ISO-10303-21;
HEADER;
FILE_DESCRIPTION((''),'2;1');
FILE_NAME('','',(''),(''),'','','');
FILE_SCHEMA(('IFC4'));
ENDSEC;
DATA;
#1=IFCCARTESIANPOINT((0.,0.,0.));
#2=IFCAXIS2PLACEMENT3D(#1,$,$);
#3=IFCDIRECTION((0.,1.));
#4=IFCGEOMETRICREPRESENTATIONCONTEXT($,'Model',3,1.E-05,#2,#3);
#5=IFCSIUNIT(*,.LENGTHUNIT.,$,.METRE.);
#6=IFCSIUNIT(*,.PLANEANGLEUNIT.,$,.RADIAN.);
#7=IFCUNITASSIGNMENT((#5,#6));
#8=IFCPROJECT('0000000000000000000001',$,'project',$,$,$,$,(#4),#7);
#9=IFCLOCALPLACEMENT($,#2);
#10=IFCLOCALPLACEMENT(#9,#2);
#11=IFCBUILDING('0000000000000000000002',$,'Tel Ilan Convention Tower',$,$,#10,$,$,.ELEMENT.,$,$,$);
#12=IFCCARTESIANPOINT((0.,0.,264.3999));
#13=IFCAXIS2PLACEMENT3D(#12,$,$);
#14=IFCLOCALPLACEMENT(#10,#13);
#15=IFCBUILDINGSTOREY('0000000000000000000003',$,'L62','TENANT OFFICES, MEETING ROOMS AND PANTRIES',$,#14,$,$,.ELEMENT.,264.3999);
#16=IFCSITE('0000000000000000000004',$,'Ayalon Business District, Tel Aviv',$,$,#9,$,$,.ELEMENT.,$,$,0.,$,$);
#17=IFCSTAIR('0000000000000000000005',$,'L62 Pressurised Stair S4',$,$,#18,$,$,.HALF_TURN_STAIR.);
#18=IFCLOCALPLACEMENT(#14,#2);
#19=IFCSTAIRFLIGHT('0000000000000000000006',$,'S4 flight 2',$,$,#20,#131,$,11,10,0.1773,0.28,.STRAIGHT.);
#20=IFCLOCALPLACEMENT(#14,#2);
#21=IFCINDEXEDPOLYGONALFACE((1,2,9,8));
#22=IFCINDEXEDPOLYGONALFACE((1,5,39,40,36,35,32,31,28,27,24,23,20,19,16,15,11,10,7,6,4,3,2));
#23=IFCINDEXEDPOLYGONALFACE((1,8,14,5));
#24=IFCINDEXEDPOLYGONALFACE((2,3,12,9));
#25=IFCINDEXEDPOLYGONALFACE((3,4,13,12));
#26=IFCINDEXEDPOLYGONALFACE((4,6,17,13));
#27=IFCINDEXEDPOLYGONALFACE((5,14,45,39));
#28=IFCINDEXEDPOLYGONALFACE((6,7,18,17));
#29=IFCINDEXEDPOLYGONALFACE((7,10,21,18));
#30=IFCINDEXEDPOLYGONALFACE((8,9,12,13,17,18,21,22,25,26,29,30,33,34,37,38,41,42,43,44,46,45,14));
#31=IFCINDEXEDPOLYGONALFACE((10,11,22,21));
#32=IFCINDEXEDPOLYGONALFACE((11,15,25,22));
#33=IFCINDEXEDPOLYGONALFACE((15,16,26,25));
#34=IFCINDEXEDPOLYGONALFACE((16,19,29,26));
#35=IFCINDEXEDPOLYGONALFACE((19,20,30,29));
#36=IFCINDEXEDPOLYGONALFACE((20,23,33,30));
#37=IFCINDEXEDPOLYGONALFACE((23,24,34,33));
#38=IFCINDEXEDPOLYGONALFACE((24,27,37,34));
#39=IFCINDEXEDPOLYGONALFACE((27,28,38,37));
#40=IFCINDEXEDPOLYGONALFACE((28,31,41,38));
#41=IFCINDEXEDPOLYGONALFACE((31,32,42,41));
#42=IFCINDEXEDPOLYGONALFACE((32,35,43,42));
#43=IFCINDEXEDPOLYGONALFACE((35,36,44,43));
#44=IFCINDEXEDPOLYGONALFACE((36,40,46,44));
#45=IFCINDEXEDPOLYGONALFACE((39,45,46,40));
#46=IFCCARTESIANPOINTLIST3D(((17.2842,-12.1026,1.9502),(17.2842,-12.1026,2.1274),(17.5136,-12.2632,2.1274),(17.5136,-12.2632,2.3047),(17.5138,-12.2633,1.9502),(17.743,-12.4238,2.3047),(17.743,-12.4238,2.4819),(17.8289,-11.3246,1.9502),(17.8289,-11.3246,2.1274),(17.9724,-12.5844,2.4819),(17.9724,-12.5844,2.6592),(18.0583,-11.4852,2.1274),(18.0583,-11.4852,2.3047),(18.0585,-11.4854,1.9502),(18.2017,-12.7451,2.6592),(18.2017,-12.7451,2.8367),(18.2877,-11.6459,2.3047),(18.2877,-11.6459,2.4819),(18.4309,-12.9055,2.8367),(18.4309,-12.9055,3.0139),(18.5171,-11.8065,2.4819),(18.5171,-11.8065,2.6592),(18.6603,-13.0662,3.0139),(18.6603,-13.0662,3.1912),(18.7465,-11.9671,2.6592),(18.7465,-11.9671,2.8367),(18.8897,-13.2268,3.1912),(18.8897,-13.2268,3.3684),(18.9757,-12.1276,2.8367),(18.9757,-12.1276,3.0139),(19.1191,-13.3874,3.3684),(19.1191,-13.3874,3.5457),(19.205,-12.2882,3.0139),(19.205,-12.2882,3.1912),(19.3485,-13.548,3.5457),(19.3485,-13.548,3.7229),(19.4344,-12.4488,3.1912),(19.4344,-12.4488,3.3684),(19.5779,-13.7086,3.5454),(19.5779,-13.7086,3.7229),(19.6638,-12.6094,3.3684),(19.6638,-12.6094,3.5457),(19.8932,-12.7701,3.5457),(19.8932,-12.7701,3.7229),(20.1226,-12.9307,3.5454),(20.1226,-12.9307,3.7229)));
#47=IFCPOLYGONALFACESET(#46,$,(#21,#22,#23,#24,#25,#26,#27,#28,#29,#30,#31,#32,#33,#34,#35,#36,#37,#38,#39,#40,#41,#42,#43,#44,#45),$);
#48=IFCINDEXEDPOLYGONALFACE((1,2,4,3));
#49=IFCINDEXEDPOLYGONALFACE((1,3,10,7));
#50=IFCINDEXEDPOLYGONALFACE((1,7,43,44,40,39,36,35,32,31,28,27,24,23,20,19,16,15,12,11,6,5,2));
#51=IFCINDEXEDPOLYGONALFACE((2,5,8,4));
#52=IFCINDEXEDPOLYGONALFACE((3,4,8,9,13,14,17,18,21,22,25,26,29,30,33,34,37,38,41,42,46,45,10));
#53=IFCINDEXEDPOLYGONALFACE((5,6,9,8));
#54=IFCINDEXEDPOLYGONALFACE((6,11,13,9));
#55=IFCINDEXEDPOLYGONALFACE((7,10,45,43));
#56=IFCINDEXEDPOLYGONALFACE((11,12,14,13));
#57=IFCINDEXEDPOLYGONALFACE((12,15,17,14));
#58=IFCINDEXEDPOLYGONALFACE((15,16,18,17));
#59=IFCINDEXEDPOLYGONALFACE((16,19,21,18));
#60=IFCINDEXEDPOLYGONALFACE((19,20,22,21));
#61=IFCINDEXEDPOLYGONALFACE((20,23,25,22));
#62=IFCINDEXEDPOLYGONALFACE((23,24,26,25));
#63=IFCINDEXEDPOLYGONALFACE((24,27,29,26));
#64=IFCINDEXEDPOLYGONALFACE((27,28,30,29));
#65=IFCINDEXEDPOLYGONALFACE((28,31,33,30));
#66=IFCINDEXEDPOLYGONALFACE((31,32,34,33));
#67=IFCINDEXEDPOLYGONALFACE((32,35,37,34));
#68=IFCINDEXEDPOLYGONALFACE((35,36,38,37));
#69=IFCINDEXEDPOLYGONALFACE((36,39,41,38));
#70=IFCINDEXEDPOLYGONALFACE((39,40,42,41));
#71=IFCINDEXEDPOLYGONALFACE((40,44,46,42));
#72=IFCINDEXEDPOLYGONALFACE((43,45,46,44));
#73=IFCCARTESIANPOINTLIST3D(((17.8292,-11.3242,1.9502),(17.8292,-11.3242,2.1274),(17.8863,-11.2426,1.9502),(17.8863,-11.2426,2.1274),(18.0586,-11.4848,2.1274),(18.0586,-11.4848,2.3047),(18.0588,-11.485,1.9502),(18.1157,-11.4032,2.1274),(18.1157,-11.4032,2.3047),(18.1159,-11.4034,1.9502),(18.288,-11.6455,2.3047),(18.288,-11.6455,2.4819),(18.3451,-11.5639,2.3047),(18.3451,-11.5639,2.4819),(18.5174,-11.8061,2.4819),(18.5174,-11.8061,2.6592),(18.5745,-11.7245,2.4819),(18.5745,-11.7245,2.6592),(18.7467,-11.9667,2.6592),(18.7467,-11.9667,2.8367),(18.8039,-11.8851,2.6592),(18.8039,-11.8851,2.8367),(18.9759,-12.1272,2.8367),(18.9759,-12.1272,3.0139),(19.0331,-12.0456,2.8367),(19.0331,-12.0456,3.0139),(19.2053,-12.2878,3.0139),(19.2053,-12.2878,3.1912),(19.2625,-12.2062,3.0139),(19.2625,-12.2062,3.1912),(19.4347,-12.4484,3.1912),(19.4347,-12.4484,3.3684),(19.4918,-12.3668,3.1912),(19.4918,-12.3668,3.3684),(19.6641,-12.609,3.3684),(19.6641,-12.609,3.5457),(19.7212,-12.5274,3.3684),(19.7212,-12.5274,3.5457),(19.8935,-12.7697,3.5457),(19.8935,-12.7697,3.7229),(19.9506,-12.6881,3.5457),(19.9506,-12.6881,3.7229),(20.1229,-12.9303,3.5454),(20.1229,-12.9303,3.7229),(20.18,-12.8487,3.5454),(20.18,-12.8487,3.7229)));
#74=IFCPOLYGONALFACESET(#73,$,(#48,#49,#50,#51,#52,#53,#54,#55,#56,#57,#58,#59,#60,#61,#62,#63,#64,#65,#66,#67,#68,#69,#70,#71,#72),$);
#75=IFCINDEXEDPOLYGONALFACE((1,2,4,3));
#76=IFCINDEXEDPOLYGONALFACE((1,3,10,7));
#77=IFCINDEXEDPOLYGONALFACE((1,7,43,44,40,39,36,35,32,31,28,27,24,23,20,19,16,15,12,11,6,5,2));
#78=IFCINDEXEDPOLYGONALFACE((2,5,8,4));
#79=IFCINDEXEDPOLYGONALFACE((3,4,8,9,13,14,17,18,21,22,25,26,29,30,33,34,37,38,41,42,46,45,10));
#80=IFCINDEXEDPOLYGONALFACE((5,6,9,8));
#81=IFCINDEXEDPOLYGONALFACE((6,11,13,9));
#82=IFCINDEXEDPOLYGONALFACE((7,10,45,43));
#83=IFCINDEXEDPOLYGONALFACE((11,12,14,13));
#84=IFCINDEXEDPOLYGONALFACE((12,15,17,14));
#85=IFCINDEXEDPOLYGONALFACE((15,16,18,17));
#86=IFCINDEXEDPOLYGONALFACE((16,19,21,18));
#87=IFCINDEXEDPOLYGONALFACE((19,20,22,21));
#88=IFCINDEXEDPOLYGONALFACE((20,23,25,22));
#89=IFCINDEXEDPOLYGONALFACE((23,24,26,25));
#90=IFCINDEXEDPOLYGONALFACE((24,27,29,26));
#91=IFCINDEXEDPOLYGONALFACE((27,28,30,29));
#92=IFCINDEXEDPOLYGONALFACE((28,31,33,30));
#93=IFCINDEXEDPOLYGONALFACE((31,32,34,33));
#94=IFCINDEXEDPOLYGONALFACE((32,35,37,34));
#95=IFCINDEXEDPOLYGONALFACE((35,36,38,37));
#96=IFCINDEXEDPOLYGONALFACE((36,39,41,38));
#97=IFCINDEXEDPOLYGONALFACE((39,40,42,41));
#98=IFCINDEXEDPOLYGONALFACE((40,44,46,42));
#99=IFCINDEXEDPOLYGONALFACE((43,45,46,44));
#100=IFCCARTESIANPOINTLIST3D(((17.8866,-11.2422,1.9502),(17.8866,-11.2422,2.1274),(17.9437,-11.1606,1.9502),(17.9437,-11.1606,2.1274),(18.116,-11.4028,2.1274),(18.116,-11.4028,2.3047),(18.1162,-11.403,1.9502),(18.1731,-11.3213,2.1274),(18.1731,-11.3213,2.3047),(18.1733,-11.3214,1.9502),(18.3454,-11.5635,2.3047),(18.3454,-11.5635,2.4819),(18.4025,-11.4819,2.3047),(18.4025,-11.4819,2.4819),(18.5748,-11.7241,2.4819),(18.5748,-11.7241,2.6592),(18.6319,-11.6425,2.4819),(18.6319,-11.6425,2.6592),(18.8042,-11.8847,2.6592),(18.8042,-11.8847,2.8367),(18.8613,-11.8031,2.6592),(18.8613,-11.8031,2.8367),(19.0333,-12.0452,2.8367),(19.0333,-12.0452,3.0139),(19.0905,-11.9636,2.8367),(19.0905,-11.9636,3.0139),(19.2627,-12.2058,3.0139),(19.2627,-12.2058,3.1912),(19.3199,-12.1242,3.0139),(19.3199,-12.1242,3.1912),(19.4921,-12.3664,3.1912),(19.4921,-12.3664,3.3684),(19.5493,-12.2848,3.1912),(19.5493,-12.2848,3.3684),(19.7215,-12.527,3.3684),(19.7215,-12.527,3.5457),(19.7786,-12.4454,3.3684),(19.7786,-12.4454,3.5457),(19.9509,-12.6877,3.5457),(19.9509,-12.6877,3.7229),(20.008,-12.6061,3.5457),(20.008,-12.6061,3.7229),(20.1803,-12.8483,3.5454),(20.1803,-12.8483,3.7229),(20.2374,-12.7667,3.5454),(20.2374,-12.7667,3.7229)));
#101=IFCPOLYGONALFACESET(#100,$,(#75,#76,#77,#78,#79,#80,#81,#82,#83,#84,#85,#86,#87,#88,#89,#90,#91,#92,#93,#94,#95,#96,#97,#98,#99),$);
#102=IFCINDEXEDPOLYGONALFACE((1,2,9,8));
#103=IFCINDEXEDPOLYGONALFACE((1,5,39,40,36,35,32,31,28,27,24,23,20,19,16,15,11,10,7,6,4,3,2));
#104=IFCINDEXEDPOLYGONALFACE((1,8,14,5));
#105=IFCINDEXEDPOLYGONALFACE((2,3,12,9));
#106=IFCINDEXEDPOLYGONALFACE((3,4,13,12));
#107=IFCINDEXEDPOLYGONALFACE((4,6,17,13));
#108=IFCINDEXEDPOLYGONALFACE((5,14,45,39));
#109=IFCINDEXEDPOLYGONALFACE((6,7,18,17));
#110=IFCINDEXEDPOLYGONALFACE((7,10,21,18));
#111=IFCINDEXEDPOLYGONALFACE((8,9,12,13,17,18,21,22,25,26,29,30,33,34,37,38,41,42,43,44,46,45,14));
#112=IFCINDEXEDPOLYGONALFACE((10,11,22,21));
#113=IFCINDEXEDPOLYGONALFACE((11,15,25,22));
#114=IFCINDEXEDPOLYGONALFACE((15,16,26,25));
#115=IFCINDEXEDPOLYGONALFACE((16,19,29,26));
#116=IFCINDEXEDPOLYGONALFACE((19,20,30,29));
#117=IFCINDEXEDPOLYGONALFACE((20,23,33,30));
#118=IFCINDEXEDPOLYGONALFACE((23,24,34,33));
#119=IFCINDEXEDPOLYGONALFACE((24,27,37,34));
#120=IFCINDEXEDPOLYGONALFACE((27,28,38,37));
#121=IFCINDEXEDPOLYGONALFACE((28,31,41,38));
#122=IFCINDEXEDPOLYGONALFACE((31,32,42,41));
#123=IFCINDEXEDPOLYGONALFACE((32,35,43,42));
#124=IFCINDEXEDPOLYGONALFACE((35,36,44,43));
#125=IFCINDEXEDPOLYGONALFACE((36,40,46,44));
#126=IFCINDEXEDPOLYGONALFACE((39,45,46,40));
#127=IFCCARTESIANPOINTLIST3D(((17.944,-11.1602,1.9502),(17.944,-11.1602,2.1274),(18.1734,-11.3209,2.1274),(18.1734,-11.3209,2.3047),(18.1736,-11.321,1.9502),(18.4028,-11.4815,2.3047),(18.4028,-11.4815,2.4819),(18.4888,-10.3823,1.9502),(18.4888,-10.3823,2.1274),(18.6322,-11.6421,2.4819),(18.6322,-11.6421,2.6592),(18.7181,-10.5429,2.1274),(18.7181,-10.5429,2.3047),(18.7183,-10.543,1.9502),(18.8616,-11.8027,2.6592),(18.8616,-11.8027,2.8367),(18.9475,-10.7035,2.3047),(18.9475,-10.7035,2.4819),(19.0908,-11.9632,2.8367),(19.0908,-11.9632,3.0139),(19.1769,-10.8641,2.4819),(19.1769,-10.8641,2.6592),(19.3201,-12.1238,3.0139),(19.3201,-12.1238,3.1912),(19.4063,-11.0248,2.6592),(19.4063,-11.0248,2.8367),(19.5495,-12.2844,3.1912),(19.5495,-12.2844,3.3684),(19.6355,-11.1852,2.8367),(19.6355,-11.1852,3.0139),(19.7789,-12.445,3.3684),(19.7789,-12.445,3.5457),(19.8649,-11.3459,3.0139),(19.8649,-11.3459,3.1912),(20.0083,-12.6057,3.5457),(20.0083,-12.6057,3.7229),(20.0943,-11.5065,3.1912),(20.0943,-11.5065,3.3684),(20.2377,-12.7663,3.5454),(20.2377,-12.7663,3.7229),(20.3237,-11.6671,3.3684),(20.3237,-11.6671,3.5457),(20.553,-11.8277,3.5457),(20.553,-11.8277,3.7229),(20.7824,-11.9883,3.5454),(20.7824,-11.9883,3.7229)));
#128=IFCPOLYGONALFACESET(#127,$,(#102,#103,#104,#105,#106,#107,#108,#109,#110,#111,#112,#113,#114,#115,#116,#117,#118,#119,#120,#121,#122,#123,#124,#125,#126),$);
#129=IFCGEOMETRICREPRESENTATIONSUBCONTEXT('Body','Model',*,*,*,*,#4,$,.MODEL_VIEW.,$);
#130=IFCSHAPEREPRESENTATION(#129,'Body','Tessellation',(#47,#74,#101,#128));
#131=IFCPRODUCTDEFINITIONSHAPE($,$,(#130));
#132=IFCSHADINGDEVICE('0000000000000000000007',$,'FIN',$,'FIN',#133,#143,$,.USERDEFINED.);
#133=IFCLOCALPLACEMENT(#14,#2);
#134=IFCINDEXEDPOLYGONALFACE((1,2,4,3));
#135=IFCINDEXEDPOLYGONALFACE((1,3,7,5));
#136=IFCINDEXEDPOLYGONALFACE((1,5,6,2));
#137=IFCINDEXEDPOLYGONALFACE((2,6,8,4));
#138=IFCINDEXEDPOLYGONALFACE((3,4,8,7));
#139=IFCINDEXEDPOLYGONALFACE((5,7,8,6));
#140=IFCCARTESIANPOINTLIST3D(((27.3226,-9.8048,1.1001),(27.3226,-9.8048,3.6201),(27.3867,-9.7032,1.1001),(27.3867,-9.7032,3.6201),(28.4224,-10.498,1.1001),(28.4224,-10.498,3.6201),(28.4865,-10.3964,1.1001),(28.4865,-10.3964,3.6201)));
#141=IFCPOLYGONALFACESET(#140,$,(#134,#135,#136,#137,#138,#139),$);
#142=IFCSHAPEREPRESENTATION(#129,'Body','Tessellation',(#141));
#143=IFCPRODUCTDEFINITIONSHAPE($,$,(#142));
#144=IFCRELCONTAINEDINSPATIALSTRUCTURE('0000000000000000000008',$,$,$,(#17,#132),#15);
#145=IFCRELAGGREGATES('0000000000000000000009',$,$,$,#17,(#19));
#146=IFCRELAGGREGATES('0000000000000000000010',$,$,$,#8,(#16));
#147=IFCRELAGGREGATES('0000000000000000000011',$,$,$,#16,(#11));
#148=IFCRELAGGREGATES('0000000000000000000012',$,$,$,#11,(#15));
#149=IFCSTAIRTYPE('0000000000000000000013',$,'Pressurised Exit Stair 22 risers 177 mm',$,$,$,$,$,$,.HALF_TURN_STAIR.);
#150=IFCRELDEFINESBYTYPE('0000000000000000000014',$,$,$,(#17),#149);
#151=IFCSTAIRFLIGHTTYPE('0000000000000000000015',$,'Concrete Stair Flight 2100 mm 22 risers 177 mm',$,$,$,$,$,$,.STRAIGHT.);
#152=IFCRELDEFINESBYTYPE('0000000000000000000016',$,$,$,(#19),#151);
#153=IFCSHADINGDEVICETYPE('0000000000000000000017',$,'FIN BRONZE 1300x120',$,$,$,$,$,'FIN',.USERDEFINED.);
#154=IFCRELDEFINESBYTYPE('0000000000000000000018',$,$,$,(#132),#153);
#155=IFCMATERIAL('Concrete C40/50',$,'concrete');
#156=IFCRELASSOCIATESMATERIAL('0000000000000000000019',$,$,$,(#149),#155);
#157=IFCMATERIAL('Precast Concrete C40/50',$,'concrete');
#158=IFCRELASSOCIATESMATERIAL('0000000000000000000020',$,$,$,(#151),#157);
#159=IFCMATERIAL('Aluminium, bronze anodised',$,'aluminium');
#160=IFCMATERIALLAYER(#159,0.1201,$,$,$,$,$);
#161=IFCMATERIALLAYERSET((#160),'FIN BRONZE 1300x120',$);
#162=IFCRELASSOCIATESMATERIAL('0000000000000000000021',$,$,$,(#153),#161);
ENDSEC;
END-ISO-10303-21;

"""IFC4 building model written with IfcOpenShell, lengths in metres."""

from ifc_helpers import new_model, si_unit, direction, frame, origin, origin_2d, place, context, subcontext, project, spatial, polyline, rectangle, outline, extrude, material, layer, layer_set, type_object, element, aggregate, save


model = new_model("IFC4")

# Units and contexts
model_context = context("Model", 3, precision=1e-05, world=origin(), true_north=direction((0.0, 1.0)))
body_context = subcontext(model_context, "Body", "Model", "MODEL_VIEW")
ifc_project = project(units=[si_unit("LENGTHUNIT", "METRE"), si_unit("PLANEANGLEUNIT", "RADIAN")], contexts=[model_context])

# Site, building, storey
site_placement = place(None, origin())
site = spatial("IfcSite", under=ifc_project, at=site_placement, Name="Ayalon Business District, Tel Aviv", CompositionType="ELEMENT", RefElevation=0.0)
building_placement = place(site_placement, origin())
building = spatial("IfcBuilding", under=site, at=building_placement, Name="Tel Ilan Convention Tower", CompositionType="ELEMENT")
storey_placement = place(building_placement, frame((0.0, 0.0, 264.3999)))
storey = spatial("IfcBuildingStorey", under=building, at=storey_placement, Name="L62", Description="TENANT OFFICES, MEETING ROOMS AND PANTRIES", CompositionType="ELEMENT", Elevation=264.3999)

# Stair, stair flight
ifc_material_1 = material(Name="Concrete C40/50", Category="concrete")
stair_type = type_object("IfcStairType", Name="Pressurised Exit Stair 22 risers 177 mm", PredefinedType="HALF_TURN_STAIR", material=ifc_material_1)
stair_placement = place(storey_placement, origin())
stair = element("IfcStair", 1, at=stair_placement, inside=storey, type_object=stair_type, Name="L62 Pressurised Stair S4", PredefinedType="HALF_TURN_STAIR")
ifc_material_2 = material(Name="Precast Concrete C40/50", Category="concrete")
stair_flight_type = type_object("IfcStairFlightType", Name="Concrete Stair Flight 2100 mm 22 risers 177 mm", PredefinedType="STRAIGHT", material=ifc_material_2)
stair_flight_1_placement = place(storey_placement, frame((17.8865, -11.2424, 1.9502), z_axis=(0.0, 0.0, 1.0), x_axis=(0.819152, -0.573576, 0.0)))
stair_flight_1 = element("IfcStairFlight", 2, at=stair_flight_1_placement, type_object=stair_flight_type, Name="S4 flight 2", NumberOfRisers=11, NumberOfTreads=10, PredefinedType="STRAIGHT", RiserHeight=0.1773, TreadLength=0.28, context=body_context, shape_type="SweptSolid", body=[
    extrude(outline(polyline([(0.0, 0.0), (0.0, 0.1772), (0.28, 0.1772), (0.28, 0.3545), (0.5601, 0.3545), (0.5601, 0.5317), (0.8401, 0.5317), (0.8401, 0.709), (1.1201, 0.709), (1.1201, 0.8865), (1.3999, 0.8865), (1.3999, 1.0637), (1.6799, 1.0637), (1.6799, 1.241), (1.96, 1.241), (1.96, 1.4182), (2.24, 1.4182), (2.24, 1.5955), (2.52, 1.5955), (2.52, 1.7727), (2.8, 1.7727), (2.8, 1.95), (2.8, 1.5952), (0.2803, 0.0), (0.0, 0.0)])), frame((0.0, -0.1003, 0.0), z_axis=(0.0, -1.0, 0.0), x_axis=(1.0, 0.0, 0.0)), (0.0, 0.0, 1.0), 0.9497),
    extrude(outline(polyline([(0.0, 0.0), (0.0, 0.1772), (0.28, 0.1772), (0.28, 0.3545), (0.5601, 0.3545), (0.5601, 0.5317), (0.8401, 0.5317), (0.8401, 0.709), (1.1201, 0.709), (1.1201, 0.8865), (1.3999, 0.8865), (1.3999, 1.0637), (1.6799, 1.0637), (1.6799, 1.241), (1.96, 1.241), (1.96, 1.4182), (2.24, 1.4182), (2.24, 1.5955), (2.52, 1.5955), (2.52, 1.7727), (2.8, 1.7727), (2.8, 1.95), (2.8, 1.5952), (0.2803, 0.0), (0.0, 0.0)])), frame((0.0, -0.0002, 0.0), z_axis=(0.0, -1.0, 0.0), x_axis=(1.0, 0.0, 0.0)), (0.0, 0.0, 1.0), 0.0996),
    extrude(outline(polyline([(0.0, 0.0), (0.0, 0.1772), (0.28, 0.1772), (0.28, 0.3545), (0.5601, 0.3545), (0.5601, 0.5317), (0.8401, 0.5317), (0.8401, 0.709), (1.1201, 0.709), (1.1201, 0.8865), (1.3999, 0.8865), (1.3999, 1.0637), (1.6799, 1.0637), (1.6799, 1.241), (1.96, 1.241), (1.96, 1.4182), (2.24, 1.4182), (2.24, 1.5955), (2.52, 1.5955), (2.52, 1.7727), (2.8, 1.7727), (2.8, 1.95), (2.8, 1.5952), (0.2803, 0.0), (0.0, 0.0)])), frame((0.0, 0.0999, 0.0), z_axis=(0.0, -1.0, 0.0), x_axis=(1.0, 0.0, 0.0)), (0.0, 0.0, 1.0), 0.0996),
    extrude(outline(polyline([(0.0, 0.0), (0.0, 0.1772), (0.28, 0.1772), (0.28, 0.3545), (0.5601, 0.3545), (0.5601, 0.5317), (0.8401, 0.5317), (0.8401, 0.709), (1.1201, 0.709), (1.1201, 0.8865), (1.3999, 0.8865), (1.3999, 1.0637), (1.6799, 1.0637), (1.6799, 1.241), (1.96, 1.241), (1.96, 1.4182), (2.24, 1.4182), (2.24, 1.5955), (2.52, 1.5955), (2.52, 1.7727), (2.8, 1.7727), (2.8, 1.95), (2.8, 1.5952), (0.2803, 0.0), (0.0, 0.0)])), frame((0.0, 1.05, 0.0), z_axis=(0.0, -1.0, 0.0), x_axis=(1.0, 0.0, 0.0)), (0.0, 0.0, 1.0), 0.9497),
])
aggregate(stair, [stair_flight_1])

# Shading device
ifc_material_3 = material(Name="Aluminium, bronze anodised", Category="aluminium")
ifc_layer_1 = layer(ifc_material_3, 0.1201)
ifc_layer_set_1 = layer_set([ifc_layer_1], Name="FIN BRONZE 1300x120")
shading_device_type = type_object("IfcShadingDeviceType", Name="FIN BRONZE 1300x120", ElementType="FIN", PredefinedType="USERDEFINED", material=ifc_layer_set_1)
shading_device_placement = place(storey_placement, frame((27.9045, -10.1006, 1.1001), z_axis=(0.0, 0.0, 1.0), x_axis=(0.845986, -0.533204, 0.0)))
element("IfcShadingDevice", 3, at=shading_device_placement, inside=storey, type_object=shading_device_type, Name="FIN", ObjectType="FIN", PredefinedType="USERDEFINED", context=body_context, shape_type="SweptSolid", body=[
    extrude(rectangle(XDim=1.3, YDim=0.1201, at=origin_2d()), origin(), (0.0, 0.0, 1.0), 2.52),
])

save(model, "model.ifc")
